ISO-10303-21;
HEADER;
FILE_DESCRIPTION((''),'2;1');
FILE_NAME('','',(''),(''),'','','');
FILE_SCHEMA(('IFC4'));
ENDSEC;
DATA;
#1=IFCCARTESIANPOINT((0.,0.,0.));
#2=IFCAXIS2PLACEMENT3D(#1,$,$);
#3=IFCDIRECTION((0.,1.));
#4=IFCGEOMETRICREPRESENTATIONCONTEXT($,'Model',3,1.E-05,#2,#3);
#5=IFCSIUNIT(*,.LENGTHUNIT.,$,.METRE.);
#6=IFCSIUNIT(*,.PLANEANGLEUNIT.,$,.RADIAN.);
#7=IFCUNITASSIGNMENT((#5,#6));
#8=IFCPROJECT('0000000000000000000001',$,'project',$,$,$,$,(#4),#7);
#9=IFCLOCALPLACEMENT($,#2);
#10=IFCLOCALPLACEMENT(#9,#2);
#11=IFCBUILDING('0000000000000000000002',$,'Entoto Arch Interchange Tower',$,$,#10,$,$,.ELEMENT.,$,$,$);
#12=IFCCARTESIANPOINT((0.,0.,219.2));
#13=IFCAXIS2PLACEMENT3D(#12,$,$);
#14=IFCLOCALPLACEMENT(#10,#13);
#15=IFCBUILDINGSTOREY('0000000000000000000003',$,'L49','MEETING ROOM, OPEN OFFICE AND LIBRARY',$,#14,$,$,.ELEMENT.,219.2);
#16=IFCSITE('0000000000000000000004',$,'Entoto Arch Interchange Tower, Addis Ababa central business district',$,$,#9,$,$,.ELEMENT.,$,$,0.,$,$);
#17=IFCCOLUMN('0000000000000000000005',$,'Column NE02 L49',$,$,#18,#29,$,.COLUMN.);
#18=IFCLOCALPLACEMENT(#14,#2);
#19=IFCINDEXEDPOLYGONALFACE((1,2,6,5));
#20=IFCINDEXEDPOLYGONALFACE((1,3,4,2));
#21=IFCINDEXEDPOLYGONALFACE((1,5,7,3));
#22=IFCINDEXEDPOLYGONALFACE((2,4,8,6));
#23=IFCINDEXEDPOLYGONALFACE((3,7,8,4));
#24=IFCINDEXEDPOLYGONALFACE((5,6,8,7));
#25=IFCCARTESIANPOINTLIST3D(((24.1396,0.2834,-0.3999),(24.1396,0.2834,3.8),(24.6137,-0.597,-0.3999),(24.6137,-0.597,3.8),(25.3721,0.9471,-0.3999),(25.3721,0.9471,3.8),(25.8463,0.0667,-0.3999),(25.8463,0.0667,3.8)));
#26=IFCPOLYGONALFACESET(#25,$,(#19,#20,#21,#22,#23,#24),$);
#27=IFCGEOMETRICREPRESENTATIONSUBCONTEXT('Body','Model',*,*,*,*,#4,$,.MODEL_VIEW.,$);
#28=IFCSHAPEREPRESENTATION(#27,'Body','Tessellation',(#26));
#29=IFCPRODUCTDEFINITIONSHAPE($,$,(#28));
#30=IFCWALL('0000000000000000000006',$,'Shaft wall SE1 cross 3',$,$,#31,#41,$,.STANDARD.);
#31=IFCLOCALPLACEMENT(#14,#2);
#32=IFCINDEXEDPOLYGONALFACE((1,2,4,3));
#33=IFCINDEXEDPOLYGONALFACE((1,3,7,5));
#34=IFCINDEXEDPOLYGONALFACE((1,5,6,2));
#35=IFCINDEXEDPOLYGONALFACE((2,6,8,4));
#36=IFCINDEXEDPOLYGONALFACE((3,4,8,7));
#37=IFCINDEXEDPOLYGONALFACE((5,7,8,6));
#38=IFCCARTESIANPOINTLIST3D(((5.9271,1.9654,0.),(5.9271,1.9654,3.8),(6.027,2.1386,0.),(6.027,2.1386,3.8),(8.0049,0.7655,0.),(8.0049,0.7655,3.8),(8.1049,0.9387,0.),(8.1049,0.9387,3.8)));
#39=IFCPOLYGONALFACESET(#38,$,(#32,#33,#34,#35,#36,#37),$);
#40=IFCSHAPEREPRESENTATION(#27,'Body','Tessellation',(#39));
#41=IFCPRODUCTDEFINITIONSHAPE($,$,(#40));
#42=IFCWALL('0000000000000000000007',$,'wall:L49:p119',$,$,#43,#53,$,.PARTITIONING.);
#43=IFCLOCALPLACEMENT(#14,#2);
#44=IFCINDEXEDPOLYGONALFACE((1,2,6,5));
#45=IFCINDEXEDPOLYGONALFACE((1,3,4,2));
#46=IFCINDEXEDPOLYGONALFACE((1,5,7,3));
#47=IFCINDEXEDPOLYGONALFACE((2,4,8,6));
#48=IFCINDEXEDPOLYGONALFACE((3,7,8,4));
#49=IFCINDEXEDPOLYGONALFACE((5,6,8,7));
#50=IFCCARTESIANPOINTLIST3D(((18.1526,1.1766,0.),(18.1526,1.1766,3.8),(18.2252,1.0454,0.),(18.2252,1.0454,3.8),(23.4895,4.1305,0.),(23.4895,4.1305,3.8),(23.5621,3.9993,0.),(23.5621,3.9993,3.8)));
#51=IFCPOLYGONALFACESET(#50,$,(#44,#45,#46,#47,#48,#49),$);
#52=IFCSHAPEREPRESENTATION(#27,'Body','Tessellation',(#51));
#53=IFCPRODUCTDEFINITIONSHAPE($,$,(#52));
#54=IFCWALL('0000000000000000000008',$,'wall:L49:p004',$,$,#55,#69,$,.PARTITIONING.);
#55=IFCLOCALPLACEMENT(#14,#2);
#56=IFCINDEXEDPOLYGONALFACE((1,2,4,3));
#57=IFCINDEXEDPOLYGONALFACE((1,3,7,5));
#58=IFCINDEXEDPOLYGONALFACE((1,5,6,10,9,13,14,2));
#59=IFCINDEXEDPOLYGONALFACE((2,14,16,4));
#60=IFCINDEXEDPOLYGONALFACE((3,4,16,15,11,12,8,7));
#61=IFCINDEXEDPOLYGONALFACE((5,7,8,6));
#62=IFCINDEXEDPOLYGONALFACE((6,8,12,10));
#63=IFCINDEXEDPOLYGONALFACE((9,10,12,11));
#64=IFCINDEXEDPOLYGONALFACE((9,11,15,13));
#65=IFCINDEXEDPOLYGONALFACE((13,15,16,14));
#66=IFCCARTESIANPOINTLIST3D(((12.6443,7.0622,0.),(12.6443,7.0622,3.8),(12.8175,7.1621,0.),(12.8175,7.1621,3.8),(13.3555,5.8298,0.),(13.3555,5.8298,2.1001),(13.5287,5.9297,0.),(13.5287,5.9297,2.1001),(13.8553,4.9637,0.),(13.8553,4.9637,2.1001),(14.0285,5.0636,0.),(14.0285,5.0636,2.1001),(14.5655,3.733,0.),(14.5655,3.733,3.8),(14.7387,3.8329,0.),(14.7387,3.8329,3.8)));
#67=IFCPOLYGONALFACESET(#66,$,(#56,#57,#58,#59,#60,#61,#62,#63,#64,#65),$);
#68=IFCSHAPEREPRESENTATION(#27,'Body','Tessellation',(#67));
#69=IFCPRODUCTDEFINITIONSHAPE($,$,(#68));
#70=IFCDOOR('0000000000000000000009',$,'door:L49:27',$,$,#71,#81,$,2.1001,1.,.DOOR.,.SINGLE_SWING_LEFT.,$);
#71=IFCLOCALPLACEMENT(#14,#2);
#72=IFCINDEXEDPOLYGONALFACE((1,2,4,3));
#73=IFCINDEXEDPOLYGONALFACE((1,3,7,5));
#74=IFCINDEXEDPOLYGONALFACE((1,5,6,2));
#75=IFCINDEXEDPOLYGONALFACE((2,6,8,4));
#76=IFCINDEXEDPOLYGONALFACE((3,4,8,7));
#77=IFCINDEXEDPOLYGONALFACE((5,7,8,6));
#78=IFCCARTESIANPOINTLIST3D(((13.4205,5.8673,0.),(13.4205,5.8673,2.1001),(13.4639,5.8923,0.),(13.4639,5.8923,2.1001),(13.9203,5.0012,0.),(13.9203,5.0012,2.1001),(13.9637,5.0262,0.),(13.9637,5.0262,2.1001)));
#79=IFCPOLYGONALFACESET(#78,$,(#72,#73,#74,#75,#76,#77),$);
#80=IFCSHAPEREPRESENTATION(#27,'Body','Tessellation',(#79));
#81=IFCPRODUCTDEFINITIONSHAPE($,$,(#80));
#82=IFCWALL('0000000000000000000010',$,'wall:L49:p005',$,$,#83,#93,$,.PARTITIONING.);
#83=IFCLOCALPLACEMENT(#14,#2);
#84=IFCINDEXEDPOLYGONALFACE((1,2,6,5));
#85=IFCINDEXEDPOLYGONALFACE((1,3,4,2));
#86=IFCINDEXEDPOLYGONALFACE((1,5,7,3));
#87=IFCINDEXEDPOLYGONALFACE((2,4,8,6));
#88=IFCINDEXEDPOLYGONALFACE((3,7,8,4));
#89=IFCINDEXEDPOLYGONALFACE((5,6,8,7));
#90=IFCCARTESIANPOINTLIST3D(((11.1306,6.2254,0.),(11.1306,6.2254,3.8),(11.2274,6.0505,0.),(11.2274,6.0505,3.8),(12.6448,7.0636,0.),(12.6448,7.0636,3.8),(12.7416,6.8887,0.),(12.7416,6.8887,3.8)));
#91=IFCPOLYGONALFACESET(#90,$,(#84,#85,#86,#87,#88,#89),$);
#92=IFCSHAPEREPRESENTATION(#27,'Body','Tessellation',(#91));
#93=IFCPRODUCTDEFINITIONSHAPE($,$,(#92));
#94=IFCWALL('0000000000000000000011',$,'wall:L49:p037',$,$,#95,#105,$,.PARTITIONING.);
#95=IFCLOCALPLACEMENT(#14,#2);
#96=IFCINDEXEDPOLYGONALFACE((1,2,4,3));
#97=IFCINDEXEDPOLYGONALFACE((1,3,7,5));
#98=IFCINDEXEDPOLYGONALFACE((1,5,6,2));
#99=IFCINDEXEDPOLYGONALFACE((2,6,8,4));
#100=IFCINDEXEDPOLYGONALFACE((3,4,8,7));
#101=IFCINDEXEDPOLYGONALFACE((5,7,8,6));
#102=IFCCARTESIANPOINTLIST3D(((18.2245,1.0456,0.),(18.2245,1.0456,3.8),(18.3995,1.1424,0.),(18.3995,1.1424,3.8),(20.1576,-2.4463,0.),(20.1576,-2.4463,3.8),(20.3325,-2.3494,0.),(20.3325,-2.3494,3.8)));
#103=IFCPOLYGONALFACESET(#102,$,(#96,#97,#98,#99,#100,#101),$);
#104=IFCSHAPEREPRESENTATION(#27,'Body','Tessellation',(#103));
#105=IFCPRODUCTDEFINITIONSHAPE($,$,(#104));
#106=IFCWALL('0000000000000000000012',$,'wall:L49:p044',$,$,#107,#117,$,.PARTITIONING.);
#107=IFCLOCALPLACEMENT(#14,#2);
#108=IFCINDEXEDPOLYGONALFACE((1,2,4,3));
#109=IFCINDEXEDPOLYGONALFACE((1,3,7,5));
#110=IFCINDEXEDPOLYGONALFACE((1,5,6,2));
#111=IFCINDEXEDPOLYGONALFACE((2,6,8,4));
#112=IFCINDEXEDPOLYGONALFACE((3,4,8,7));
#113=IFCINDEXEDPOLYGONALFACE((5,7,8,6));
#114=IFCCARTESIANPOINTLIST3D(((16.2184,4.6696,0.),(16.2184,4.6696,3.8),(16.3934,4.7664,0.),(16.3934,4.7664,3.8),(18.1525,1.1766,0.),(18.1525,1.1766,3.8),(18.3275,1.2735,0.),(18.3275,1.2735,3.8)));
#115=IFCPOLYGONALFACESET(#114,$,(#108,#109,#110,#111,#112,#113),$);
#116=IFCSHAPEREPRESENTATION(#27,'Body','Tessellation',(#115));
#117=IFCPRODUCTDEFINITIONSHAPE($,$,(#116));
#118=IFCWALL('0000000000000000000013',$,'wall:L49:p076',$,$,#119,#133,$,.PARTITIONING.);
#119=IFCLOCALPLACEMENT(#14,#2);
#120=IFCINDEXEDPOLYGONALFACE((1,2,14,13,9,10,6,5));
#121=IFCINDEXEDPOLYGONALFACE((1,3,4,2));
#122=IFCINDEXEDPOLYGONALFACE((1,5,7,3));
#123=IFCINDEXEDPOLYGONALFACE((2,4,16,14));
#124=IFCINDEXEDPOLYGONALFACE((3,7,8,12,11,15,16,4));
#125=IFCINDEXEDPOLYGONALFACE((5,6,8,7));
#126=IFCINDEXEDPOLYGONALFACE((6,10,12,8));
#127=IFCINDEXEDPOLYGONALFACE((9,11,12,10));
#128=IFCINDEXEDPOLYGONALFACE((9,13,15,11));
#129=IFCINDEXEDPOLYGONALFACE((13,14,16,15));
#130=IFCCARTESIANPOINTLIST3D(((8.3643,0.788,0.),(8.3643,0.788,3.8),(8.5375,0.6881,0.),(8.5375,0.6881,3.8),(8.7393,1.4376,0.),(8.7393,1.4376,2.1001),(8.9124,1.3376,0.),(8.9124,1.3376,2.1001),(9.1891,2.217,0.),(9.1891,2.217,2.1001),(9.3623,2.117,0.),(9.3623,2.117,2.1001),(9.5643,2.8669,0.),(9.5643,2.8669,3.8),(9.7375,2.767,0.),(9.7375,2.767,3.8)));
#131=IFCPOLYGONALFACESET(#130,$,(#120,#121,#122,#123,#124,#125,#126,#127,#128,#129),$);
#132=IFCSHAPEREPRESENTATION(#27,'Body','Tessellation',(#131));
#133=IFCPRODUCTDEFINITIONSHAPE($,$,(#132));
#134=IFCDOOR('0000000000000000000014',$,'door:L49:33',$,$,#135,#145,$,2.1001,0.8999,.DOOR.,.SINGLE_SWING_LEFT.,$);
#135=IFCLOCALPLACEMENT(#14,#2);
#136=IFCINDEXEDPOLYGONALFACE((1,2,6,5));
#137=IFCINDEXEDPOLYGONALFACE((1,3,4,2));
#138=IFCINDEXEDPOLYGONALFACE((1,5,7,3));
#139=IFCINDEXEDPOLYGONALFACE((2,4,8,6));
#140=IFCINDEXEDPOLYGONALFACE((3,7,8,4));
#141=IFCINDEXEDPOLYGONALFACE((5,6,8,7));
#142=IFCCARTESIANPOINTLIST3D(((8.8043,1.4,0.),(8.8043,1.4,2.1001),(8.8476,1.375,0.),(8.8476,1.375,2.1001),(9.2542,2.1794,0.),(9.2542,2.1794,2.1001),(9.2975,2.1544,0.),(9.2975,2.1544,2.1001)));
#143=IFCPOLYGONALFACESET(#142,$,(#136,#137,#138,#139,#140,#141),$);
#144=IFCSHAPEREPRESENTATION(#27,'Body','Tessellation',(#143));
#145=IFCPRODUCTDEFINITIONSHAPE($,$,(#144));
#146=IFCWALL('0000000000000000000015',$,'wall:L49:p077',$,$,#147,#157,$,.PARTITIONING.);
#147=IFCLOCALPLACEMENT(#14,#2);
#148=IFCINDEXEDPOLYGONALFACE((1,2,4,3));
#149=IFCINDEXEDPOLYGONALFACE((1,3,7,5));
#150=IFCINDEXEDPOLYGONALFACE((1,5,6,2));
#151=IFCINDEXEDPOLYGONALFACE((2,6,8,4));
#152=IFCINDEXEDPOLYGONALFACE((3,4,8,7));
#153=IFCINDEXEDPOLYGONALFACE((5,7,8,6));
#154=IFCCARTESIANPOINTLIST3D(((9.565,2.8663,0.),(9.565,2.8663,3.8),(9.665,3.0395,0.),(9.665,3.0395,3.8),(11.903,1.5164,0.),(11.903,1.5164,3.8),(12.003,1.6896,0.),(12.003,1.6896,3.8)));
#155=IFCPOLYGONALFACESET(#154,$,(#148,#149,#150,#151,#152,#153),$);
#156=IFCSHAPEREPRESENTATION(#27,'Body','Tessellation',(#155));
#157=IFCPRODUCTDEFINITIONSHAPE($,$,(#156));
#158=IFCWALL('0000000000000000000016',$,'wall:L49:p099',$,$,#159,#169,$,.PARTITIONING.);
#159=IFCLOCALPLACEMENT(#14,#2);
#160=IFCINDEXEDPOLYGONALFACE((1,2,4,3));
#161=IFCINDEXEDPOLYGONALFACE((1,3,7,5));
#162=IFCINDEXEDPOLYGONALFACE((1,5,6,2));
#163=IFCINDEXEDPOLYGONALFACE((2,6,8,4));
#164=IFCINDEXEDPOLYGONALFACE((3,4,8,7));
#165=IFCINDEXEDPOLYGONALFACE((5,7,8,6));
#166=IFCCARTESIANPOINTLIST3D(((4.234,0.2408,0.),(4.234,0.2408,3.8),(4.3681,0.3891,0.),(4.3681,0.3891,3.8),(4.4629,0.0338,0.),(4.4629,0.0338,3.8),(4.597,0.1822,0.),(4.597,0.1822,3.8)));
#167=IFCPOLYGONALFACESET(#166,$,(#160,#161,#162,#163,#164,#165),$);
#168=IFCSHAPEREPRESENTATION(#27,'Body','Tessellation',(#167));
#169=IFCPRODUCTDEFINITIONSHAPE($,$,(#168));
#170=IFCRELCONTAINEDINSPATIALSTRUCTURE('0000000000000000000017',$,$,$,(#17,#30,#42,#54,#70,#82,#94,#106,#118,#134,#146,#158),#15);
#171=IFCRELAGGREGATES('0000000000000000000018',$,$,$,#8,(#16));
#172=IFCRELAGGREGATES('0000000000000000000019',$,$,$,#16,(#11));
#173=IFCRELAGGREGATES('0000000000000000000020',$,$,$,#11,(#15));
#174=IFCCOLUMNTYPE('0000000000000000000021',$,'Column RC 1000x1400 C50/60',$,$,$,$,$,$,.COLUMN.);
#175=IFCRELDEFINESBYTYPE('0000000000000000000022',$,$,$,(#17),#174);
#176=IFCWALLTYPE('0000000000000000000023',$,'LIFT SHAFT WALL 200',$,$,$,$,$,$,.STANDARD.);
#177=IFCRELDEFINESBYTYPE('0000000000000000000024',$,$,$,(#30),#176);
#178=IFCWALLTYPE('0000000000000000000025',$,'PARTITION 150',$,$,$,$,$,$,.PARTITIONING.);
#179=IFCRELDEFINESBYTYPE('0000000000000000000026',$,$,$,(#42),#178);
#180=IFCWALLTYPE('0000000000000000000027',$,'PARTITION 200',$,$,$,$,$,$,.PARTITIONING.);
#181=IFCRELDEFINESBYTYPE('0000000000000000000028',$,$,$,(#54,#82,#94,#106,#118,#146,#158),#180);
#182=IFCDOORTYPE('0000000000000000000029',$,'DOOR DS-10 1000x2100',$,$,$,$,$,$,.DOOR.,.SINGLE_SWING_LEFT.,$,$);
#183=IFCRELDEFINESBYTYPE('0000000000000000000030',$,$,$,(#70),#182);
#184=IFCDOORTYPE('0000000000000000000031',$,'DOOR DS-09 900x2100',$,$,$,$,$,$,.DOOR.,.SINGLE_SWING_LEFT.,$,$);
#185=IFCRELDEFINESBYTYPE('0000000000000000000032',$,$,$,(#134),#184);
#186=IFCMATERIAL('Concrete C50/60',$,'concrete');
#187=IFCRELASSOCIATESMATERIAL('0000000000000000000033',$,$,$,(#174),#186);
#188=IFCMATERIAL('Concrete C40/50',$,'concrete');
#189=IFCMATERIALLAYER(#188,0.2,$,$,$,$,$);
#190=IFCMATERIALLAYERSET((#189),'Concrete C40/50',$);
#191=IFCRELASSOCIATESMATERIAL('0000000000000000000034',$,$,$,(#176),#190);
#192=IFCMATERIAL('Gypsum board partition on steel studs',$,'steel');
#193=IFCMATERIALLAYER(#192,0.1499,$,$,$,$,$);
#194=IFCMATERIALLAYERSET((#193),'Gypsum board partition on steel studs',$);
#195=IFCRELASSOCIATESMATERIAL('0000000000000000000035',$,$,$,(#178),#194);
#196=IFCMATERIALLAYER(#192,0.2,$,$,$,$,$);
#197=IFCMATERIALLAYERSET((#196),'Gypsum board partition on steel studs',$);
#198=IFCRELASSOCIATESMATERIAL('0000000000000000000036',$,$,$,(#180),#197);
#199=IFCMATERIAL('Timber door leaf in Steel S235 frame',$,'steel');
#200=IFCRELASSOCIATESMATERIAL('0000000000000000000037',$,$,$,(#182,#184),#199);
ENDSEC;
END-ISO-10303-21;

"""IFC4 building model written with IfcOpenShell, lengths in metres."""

from ifc_helpers import new_model, si_unit, direction, frame, frame_2d, origin, origin_2d, place, context, subcontext, project, spatial, rectangle, extrude, material, layer, layer_set, material_profile, profile_set, type_object, element, fill, save


model = new_model("IFC4")

# Units and contexts
model_context = context("Model", 3, precision=1e-05, world=origin(), true_north=direction((0.0, 1.0)))
body_context = subcontext(model_context, "Body", "Model", "MODEL_VIEW")
ifc_project = project(units=[si_unit("LENGTHUNIT", "METRE"), si_unit("PLANEANGLEUNIT", "RADIAN")], contexts=[model_context])

# Site, building, storey
site_placement = place(None, origin())
site = spatial("IfcSite", under=ifc_project, at=site_placement, Name="Entoto Arch Interchange Tower, Addis Ababa central business district", CompositionType="ELEMENT", RefElevation=0.0)
building_placement = place(site_placement, origin())
building = spatial("IfcBuilding", under=site, at=building_placement, Name="Entoto Arch Interchange Tower", CompositionType="ELEMENT")
storey_placement = place(building_placement, frame((0.0, 0.0, 219.2)))
storey = spatial("IfcBuildingStorey", under=building, at=storey_placement, Name="L49", Description="MEETING ROOM, OPEN OFFICE AND LIBRARY", CompositionType="ELEMENT", Elevation=219.2)

# Column
ifc_material_1 = material(Name="Concrete C50/60", Category="concrete")
ifc_material_profile = material_profile(ifc_material_1, rectangle(XDim=1.0, YDim=1.3999, at=origin_2d()))
ifc_profile_set = profile_set([ifc_material_profile], Name="Concrete C50/60")
column_type = type_object("IfcColumnType", Name="Column RC 1000x1400 C50/60", PredefinedType="COLUMN", material=ifc_profile_set)
column_placement = place(storey_placement, frame((24.9929, 0.175, -0.3999), z_axis=(0.0, 0.0, 1.0), x_axis=(-0.474134, 0.880453, 0.0)))
element("IfcColumn", 1, at=column_placement, inside=storey, type_object=column_type, Name="Column NE02 L49", PredefinedType="COLUMN", context=body_context, shape_type="SweptSolid", body=[
    extrude(rectangle(XDim=1.0, YDim=1.3999, at=origin_2d()), origin(), (0.0, 0.0, 1.0), 4.2),
])

# Walls
ifc_material_2 = material(Name="Concrete C40/50", Category="concrete")
ifc_layer_1 = layer(ifc_material_2, 0.2)
ifc_layer_set_1 = layer_set([ifc_layer_1], Name="Concrete C40/50")
wall_type_1 = type_object("IfcWallType", Name="LIFT SHAFT WALL 200", PredefinedType="STANDARD", material=ifc_layer_set_1)
wall_1_placement = place(storey_placement, frame((5.9771, 2.052, 0.0), z_axis=(0.0, 0.0, 1.0), x_axis=(0.865974, -0.500089, 0.0)))
element("IfcWall", 2, at=wall_1_placement, inside=storey, type_object=wall_type_1, Name="Shaft wall SE1 cross 3", PredefinedType="STANDARD", context=body_context, shape_type="SweptSolid", body=[
    extrude(rectangle(XDim=2.3994, YDim=0.2, at=frame_2d((1.1997, 0.0))), origin(), (0.0, 0.0, 1.0), 3.8),
])
ifc_material_3 = material(Name="Gypsum board partition on steel studs", Category="steel")
ifc_layer_2 = layer(ifc_material_3, 0.1499)
ifc_layer_set_2 = layer_set([ifc_layer_2], Name="Gypsum board partition on steel studs")
wall_type_2 = type_object("IfcWallType", Name="PARTITION 150", PredefinedType="PARTITIONING", material=ifc_layer_set_2)
wall_2_placement = place(storey_placement, frame((18.189, 1.1111, 0.0), z_axis=(0.0, 0.0, 1.0), x_axis=(0.874928, 0.484252, 0.0)))
element("IfcWall", 3, at=wall_2_placement, inside=storey, type_object=wall_type_2, Name="wall:L49:p119", PredefinedType="PARTITIONING", context=body_context, shape_type="SweptSolid", body=[
    extrude(rectangle(XDim=6.0999, YDim=0.1499, at=frame_2d((3.0498, 0.0))), origin(), (0.0, 0.0, 1.0), 3.8),
])

# Wall, opening, door
ifc_layer_3 = layer(ifc_material_3, 0.2)
ifc_layer_set_3 = layer_set([ifc_layer_3], Name="Gypsum board partition on steel studs")
wall_type_3 = type_object("IfcWallType", Name="PARTITION 200", PredefinedType="PARTITIONING", material=ifc_layer_set_3)
wall_3_placement = place(storey_placement, frame((14.6521, 3.783, 0.0), z_axis=(0.0, 0.0, 1.0), x_axis=(-0.499821, 0.866128, 0.0)))
wall_3 = element("IfcWall", 4, at=wall_3_placement, inside=storey, type_object=wall_type_3, Name="wall:L49:p004", PredefinedType="PARTITIONING", context=body_context, shape_type="SweptSolid", body=[
    extrude(rectangle(XDim=3.8438, YDim=0.2, at=frame_2d((1.9219, 0.0))), origin(), (0.0, 0.0, 1.0), 3.8),
])
opening_1_placement = place(wall_3_placement, frame((1.4209, 0.0, 0.0)))
opening_1 = element("IfcOpeningElement", 5, at=opening_1_placement, cuts=wall_3, PredefinedType="OPENING", context=body_context, shape_type="SweptSolid", body=[
    extrude(rectangle(XDim=1.0, YDim=2.1001, at=frame_2d((0.5, 1.05))), frame((0.0, 0.1099, 0.0), z_axis=(0.0, -1.0, 0.0), x_axis=(1.0, 0.0, 0.0)), (0.0, 0.0, 1.0), 0.22),
])
ifc_material_4 = material(Name="Timber door leaf in Steel S235 frame", Category="steel")
door_type_1 = type_object("IfcDoorType", Name="DOOR DS-10 1000x2100", OperationType="SINGLE_SWING_LEFT", PredefinedType="DOOR", material=ifc_material_4)
door_1_placement = place(opening_1_placement, origin())
door_1 = element("IfcDoor", 6, at=door_1_placement, inside=storey, type_object=door_type_1, Name="door:L49:27", OperationType="SINGLE_SWING_LEFT", OverallHeight=2.1001, OverallWidth=1.0, PredefinedType="DOOR", context=body_context, shape_type="SweptSolid", body=[
    extrude(rectangle(XDim=1.0, YDim=2.1001, at=frame_2d((0.5, 1.05))), frame((0.0, 0.0249, 0.0), z_axis=(0.0, -1.0, 0.0), x_axis=(1.0, 0.0, 0.0)), (0.0, 0.0, 1.0), 0.05),
])
fill(opening_1, door_1)

# Walls
wall_4_placement = place(storey_placement, frame((12.6931, 6.9761, 0.0), z_axis=(0.0, 0.0, 1.0), x_axis=(-0.874908, -0.484289, 0.0)))
element("IfcWall", 7, at=wall_4_placement, inside=storey, type_object=wall_type_3, Name="wall:L49:p005", PredefinedType="PARTITIONING", context=body_context, shape_type="SweptSolid", body=[
    extrude(rectangle(XDim=1.7307, YDim=0.2, at=frame_2d((0.8652, 0.0))), origin(), (0.0, 0.0, 1.0), 3.8),
])
wall_5_placement = place(storey_placement, frame((18.312, 1.094, 0.0), z_axis=(0.0, 0.0, 1.0), x_axis=(0.484328, -0.874886, 0.0)))
element("IfcWall", 8, at=wall_5_placement, inside=storey, type_object=wall_type_3, Name="wall:L49:p037", PredefinedType="PARTITIONING", context=body_context, shape_type="SweptSolid", body=[
    extrude(rectangle(XDim=3.9912, YDim=0.2, at=frame_2d((1.9956, 0.0))), origin(), (0.0, 0.0, 1.0), 3.8),
])
wall_6_placement = place(storey_placement, frame((16.3059, 4.718, 0.0), z_axis=(0.0, 0.0, 1.0), x_axis=(0.484412, -0.87484, 0.0)))
element("IfcWall", 9, at=wall_6_placement, inside=storey, type_object=wall_type_3, Name="wall:L49:p044", PredefinedType="PARTITIONING", context=body_context, shape_type="SweptSolid", body=[
    extrude(rectangle(XDim=3.9927, YDim=0.2, at=frame_2d((1.9963, 0.0))), origin(), (0.0, 0.0, 1.0), 3.8),
])

# Wall, opening, door
wall_7_placement = place(storey_placement, frame((8.4509, 0.738, 0.0), z_axis=(0.0, 0.0, 1.0), x_axis=(0.499913, 0.866075, 0.0)))
wall_7 = element("IfcWall", 10, at=wall_7_placement, inside=storey, type_object=wall_type_3, Name="wall:L49:p076", PredefinedType="PARTITIONING", context=body_context, shape_type="SweptSolid", body=[
    extrude(rectangle(XDim=2.4004, YDim=0.2, at=frame_2d((1.2002, 0.0))), origin(), (0.0, 0.0, 1.0), 3.8),
])
opening_2_placement = place(wall_7_placement, frame((0.75, 0.0, 0.0)))
opening_2 = element("IfcOpeningElement", 11, at=opening_2_placement, cuts=wall_7, PredefinedType="OPENING", context=body_context, shape_type="SweptSolid", body=[
    extrude(rectangle(XDim=0.8999, YDim=2.1001, at=frame_2d((0.45, 1.05))), frame((0.0, 0.1099, 0.0), z_axis=(0.0, -1.0, 0.0), x_axis=(1.0, 0.0, 0.0)), (0.0, 0.0, 1.0), 0.22),
])
door_type_2 = type_object("IfcDoorType", Name="DOOR DS-09 900x2100", OperationType="SINGLE_SWING_LEFT", PredefinedType="DOOR", material=ifc_material_4)
door_2_placement = place(opening_2_placement, origin())
door_2 = element("IfcDoor", 12, at=door_2_placement, inside=storey, type_object=door_type_2, Name="door:L49:33", OperationType="SINGLE_SWING_LEFT", OverallHeight=2.1001, OverallWidth=0.8999, PredefinedType="DOOR", context=body_context, shape_type="SweptSolid", body=[
    extrude(rectangle(XDim=0.8999, YDim=2.1001, at=frame_2d((0.45, 1.05))), frame((0.0, 0.0249, 0.0), z_axis=(0.0, -1.0, 0.0), x_axis=(1.0, 0.0, 0.0)), (0.0, 0.0, 1.0), 0.05),
])
fill(opening_2, door_2)

# Walls
wall_8_placement = place(storey_placement, frame((9.615, 2.9529, 0.0), z_axis=(0.0, 0.0, 1.0), x_axis=(0.866014, -0.50002, 0.0)))
element("IfcWall", 13, at=wall_8_placement, inside=storey, type_object=wall_type_3, Name="wall:L49:p077", PredefinedType="PARTITIONING", context=body_context, shape_type="SweptSolid", body=[
    extrude(rectangle(XDim=2.6997, YDim=0.2, at=frame_2d((1.3499, 0.0))), origin(), (0.0, 0.0, 1.0), 3.8),
])
wall_9_placement = place(storey_placement, frame((4.301, 0.3149, 0.0), z_axis=(0.0, 0.0, 1.0), x_axis=(0.741798, -0.670623, 0.0)))
element("IfcWall", 14, at=wall_9_placement, inside=storey, type_object=wall_type_3, Name="wall:L49:p099", PredefinedType="PARTITIONING", context=body_context, shape_type="SweptSolid", body=[
    extrude(rectangle(XDim=0.3086, YDim=0.2, at=frame_2d((0.1543, 0.0))), origin(), (0.0, 0.0, 1.0), 3.8),
])

save(model, "model.ifc")
